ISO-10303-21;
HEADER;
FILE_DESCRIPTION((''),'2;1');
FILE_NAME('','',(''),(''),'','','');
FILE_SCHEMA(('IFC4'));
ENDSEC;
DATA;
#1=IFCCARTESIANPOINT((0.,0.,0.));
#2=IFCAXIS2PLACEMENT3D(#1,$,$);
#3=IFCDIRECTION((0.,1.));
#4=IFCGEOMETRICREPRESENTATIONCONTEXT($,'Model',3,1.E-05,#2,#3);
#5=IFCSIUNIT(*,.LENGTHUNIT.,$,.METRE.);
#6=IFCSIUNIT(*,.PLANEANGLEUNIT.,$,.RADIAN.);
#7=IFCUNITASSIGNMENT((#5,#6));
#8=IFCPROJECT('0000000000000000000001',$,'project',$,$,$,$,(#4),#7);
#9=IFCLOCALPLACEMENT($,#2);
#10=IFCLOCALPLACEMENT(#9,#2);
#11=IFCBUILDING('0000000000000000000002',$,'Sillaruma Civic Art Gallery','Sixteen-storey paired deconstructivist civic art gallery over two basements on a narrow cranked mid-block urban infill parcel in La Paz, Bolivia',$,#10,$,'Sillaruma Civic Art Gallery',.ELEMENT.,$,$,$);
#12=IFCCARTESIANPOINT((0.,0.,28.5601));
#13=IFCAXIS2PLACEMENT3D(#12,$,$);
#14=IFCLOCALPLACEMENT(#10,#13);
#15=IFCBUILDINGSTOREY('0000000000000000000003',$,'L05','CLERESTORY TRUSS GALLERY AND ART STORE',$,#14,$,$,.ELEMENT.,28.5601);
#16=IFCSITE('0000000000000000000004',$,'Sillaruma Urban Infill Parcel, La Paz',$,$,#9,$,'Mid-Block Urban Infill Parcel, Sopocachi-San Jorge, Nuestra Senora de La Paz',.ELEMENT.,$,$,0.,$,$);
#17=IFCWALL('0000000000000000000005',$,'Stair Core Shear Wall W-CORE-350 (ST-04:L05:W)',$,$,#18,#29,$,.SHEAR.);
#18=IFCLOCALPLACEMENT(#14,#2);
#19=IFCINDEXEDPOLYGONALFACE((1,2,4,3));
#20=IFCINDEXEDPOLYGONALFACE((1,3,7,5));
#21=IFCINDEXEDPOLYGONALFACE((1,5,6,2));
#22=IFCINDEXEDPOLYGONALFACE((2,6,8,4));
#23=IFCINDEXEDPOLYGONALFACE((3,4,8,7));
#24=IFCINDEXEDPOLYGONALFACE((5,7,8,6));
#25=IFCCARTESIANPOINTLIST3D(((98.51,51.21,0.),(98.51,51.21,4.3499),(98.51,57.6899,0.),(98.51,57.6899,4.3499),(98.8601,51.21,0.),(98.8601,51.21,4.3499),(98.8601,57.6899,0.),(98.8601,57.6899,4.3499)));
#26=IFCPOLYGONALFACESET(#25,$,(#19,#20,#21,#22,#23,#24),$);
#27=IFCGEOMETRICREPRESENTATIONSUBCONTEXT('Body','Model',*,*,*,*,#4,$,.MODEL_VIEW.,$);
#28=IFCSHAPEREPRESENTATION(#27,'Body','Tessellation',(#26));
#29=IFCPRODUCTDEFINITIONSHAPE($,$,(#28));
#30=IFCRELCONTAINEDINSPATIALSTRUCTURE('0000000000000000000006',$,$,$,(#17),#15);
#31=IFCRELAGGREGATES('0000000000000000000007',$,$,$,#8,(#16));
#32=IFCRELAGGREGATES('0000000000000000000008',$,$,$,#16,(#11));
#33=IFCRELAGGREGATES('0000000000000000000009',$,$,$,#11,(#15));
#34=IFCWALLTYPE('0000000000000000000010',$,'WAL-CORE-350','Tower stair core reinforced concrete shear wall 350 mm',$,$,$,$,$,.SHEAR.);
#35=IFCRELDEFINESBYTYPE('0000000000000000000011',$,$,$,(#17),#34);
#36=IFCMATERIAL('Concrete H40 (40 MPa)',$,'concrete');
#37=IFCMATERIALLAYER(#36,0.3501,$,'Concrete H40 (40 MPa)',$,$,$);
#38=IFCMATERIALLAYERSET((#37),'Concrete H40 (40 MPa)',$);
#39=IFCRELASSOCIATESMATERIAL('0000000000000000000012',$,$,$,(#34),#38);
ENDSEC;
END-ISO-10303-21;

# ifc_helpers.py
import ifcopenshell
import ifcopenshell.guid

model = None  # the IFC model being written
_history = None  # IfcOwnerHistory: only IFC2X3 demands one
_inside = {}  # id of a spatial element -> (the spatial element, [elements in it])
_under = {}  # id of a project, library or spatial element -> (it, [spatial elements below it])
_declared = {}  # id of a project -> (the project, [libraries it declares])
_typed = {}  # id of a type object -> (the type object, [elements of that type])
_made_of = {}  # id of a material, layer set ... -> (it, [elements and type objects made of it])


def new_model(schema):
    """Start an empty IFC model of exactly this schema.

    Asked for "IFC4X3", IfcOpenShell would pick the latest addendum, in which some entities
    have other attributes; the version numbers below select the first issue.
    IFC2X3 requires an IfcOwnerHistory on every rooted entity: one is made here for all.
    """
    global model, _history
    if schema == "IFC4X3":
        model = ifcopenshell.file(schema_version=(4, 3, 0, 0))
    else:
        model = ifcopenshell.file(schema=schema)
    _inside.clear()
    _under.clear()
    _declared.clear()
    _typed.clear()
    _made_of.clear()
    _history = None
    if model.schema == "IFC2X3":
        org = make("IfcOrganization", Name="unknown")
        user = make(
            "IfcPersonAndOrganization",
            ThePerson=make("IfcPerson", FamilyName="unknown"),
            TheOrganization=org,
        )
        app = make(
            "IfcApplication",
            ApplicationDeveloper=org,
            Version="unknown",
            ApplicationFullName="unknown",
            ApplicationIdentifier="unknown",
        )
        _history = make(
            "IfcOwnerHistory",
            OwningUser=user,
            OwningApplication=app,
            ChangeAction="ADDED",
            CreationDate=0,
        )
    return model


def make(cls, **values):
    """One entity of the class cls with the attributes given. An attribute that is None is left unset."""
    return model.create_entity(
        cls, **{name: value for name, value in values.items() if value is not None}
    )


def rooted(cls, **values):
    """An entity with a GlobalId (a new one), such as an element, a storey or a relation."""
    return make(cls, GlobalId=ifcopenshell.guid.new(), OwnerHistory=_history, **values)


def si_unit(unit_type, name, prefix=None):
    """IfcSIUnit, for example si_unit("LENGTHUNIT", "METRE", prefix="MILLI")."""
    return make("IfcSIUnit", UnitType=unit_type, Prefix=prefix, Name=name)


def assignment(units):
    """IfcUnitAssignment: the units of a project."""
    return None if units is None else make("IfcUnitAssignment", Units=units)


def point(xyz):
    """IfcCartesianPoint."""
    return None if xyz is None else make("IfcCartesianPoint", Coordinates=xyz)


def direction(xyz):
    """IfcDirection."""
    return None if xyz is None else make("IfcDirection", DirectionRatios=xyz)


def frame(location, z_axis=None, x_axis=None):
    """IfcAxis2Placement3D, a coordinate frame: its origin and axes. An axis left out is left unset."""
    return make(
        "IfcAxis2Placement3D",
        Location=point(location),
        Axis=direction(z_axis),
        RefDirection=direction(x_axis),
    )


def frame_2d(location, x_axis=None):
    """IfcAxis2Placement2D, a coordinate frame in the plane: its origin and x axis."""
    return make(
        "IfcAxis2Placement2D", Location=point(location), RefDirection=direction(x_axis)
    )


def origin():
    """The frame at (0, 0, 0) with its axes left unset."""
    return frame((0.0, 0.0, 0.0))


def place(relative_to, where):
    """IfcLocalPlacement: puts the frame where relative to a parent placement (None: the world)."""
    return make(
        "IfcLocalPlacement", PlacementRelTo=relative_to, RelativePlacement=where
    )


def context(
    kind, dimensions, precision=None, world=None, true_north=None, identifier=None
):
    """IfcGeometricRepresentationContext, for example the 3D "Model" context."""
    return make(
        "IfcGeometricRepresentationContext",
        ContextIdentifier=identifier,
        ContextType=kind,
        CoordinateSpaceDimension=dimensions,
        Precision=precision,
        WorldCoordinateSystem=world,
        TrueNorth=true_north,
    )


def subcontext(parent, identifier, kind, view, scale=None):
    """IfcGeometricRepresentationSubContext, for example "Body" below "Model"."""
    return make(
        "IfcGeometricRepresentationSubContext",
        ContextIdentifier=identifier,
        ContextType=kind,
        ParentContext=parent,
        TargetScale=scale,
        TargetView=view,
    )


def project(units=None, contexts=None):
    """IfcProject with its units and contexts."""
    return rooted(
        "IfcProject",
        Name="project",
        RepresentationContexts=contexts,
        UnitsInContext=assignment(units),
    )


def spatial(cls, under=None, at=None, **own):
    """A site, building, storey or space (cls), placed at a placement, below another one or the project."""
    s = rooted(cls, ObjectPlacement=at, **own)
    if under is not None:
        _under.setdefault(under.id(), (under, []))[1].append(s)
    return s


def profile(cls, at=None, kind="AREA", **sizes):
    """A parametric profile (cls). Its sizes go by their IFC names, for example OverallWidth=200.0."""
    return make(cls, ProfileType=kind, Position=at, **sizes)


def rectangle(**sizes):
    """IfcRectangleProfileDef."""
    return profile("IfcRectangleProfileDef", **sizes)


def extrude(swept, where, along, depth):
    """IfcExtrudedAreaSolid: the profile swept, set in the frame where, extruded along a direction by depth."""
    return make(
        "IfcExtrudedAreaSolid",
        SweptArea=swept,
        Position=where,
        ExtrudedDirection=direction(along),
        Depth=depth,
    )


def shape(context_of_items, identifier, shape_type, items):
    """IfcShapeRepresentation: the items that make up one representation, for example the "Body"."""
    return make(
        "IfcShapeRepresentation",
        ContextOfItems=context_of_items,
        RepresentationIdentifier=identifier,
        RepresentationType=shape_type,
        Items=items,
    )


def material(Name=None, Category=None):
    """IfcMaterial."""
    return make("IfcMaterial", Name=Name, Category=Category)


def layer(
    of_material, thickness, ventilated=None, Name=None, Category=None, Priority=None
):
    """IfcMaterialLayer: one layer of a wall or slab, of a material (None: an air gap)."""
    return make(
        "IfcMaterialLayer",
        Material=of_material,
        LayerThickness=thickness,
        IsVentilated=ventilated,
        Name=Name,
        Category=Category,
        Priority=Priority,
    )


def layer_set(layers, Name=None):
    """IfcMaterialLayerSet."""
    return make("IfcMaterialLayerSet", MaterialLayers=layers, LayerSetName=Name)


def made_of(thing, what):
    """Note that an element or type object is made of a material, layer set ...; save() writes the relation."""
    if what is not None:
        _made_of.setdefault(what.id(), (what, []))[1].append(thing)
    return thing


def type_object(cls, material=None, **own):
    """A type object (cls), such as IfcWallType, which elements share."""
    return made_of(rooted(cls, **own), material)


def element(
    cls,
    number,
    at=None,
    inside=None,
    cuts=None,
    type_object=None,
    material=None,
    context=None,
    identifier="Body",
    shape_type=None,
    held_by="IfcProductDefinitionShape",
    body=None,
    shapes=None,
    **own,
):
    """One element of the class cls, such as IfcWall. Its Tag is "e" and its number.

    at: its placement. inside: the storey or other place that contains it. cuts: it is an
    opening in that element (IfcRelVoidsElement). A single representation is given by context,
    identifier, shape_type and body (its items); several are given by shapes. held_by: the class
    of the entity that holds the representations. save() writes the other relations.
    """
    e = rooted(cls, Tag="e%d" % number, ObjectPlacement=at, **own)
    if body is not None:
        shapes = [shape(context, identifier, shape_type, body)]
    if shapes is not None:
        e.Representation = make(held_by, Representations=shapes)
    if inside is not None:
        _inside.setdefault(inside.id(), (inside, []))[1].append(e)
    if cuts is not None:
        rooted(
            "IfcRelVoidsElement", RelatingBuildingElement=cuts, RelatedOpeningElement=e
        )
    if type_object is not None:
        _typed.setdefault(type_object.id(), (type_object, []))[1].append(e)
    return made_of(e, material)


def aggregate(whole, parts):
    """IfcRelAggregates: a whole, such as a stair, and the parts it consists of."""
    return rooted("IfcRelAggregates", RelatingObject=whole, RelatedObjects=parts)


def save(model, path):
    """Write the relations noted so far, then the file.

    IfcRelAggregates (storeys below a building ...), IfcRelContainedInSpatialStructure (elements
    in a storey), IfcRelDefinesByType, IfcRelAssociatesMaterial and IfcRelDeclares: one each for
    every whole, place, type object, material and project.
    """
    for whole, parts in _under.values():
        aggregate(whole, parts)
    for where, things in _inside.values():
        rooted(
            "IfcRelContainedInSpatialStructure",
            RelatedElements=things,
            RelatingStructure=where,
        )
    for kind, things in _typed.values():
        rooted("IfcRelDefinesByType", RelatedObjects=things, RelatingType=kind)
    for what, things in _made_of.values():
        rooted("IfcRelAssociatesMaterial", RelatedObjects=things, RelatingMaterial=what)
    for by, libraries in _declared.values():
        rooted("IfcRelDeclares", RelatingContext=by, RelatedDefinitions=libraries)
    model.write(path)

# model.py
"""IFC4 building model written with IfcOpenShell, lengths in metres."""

from ifc_helpers import new_model, si_unit, direction, frame, frame_2d, origin, place, context, subcontext, project, spatial, rectangle, extrude, material, layer, layer_set, type_object, element, save


model = new_model("IFC4")

# Units and contexts
model_context = context("Model", 3, precision=1e-05, world=origin(), true_north=direction((0.0, 1.0)))
body_context = subcontext(model_context, "Body", "Model", "MODEL_VIEW")
ifc_project = project(units=[si_unit("LENGTHUNIT", "METRE"), si_unit("PLANEANGLEUNIT", "RADIAN")], contexts=[model_context])

# Site, building, storey
site_placement = place(None, origin())
site = spatial("IfcSite", under=ifc_project, at=site_placement, Name="Sillaruma Urban Infill Parcel, La Paz", LongName="Mid-Block Urban Infill Parcel, Sopocachi-San Jorge, Nuestra Senora de La Paz", CompositionType="ELEMENT", RefElevation=0.0)
building_placement = place(site_placement, origin())
building = spatial("IfcBuilding", under=site, at=building_placement, Name="Sillaruma Civic Art Gallery", Description="Sixteen-storey paired deconstructivist civic art gallery over two basements on a narrow cranked mid-block urban infill parcel in La Paz, Bolivia", LongName="Sillaruma Civic Art Gallery", CompositionType="ELEMENT")
storey_placement = place(building_placement, frame((0.0, 0.0, 28.5601)))
storey = spatial("IfcBuildingStorey", under=building, at=storey_placement, Name="L05", Description="CLERESTORY TRUSS GALLERY AND ART STORE", CompositionType="ELEMENT", Elevation=28.5601)

# Shared definitions
ifc_material_1 = material(Name="Concrete H40 (40 MPa)", Category="concrete")

# Shared definitions
ifc_layer_1 = layer(ifc_material_1, 0.3501, Name="Concrete H40 (40 MPa)")
ifc_layer_set_1 = layer_set([ifc_layer_1], Name="Concrete H40 (40 MPa)")
wall_type = type_object("IfcWallType", Name="WAL-CORE-350", Description="Tower stair core reinforced concrete shear wall 350 mm", PredefinedType="SHEAR", material=ifc_layer_set_1)

# Wall
wall_1_placement = place(storey_placement, frame((98.6851, 51.21, 0.0), z_axis=(0.0, 0.0, 1.0), x_axis=(0.0, 1.0, 0.0)))
element("IfcWall", 1, at=wall_1_placement, inside=storey, type_object=wall_type, Name="Stair Core Shear Wall W-CORE-350 (ST-04:L05:W)", PredefinedType="SHEAR", context=body_context, shape_type="SweptSolid", body=[
    extrude(rectangle(XDim=6.48, YDim=0.3501, at=frame_2d((3.24, 0.0))), origin(), (0.0, 0.0, 1.0), 4.3499),
])

save(model, "model.ifc")
